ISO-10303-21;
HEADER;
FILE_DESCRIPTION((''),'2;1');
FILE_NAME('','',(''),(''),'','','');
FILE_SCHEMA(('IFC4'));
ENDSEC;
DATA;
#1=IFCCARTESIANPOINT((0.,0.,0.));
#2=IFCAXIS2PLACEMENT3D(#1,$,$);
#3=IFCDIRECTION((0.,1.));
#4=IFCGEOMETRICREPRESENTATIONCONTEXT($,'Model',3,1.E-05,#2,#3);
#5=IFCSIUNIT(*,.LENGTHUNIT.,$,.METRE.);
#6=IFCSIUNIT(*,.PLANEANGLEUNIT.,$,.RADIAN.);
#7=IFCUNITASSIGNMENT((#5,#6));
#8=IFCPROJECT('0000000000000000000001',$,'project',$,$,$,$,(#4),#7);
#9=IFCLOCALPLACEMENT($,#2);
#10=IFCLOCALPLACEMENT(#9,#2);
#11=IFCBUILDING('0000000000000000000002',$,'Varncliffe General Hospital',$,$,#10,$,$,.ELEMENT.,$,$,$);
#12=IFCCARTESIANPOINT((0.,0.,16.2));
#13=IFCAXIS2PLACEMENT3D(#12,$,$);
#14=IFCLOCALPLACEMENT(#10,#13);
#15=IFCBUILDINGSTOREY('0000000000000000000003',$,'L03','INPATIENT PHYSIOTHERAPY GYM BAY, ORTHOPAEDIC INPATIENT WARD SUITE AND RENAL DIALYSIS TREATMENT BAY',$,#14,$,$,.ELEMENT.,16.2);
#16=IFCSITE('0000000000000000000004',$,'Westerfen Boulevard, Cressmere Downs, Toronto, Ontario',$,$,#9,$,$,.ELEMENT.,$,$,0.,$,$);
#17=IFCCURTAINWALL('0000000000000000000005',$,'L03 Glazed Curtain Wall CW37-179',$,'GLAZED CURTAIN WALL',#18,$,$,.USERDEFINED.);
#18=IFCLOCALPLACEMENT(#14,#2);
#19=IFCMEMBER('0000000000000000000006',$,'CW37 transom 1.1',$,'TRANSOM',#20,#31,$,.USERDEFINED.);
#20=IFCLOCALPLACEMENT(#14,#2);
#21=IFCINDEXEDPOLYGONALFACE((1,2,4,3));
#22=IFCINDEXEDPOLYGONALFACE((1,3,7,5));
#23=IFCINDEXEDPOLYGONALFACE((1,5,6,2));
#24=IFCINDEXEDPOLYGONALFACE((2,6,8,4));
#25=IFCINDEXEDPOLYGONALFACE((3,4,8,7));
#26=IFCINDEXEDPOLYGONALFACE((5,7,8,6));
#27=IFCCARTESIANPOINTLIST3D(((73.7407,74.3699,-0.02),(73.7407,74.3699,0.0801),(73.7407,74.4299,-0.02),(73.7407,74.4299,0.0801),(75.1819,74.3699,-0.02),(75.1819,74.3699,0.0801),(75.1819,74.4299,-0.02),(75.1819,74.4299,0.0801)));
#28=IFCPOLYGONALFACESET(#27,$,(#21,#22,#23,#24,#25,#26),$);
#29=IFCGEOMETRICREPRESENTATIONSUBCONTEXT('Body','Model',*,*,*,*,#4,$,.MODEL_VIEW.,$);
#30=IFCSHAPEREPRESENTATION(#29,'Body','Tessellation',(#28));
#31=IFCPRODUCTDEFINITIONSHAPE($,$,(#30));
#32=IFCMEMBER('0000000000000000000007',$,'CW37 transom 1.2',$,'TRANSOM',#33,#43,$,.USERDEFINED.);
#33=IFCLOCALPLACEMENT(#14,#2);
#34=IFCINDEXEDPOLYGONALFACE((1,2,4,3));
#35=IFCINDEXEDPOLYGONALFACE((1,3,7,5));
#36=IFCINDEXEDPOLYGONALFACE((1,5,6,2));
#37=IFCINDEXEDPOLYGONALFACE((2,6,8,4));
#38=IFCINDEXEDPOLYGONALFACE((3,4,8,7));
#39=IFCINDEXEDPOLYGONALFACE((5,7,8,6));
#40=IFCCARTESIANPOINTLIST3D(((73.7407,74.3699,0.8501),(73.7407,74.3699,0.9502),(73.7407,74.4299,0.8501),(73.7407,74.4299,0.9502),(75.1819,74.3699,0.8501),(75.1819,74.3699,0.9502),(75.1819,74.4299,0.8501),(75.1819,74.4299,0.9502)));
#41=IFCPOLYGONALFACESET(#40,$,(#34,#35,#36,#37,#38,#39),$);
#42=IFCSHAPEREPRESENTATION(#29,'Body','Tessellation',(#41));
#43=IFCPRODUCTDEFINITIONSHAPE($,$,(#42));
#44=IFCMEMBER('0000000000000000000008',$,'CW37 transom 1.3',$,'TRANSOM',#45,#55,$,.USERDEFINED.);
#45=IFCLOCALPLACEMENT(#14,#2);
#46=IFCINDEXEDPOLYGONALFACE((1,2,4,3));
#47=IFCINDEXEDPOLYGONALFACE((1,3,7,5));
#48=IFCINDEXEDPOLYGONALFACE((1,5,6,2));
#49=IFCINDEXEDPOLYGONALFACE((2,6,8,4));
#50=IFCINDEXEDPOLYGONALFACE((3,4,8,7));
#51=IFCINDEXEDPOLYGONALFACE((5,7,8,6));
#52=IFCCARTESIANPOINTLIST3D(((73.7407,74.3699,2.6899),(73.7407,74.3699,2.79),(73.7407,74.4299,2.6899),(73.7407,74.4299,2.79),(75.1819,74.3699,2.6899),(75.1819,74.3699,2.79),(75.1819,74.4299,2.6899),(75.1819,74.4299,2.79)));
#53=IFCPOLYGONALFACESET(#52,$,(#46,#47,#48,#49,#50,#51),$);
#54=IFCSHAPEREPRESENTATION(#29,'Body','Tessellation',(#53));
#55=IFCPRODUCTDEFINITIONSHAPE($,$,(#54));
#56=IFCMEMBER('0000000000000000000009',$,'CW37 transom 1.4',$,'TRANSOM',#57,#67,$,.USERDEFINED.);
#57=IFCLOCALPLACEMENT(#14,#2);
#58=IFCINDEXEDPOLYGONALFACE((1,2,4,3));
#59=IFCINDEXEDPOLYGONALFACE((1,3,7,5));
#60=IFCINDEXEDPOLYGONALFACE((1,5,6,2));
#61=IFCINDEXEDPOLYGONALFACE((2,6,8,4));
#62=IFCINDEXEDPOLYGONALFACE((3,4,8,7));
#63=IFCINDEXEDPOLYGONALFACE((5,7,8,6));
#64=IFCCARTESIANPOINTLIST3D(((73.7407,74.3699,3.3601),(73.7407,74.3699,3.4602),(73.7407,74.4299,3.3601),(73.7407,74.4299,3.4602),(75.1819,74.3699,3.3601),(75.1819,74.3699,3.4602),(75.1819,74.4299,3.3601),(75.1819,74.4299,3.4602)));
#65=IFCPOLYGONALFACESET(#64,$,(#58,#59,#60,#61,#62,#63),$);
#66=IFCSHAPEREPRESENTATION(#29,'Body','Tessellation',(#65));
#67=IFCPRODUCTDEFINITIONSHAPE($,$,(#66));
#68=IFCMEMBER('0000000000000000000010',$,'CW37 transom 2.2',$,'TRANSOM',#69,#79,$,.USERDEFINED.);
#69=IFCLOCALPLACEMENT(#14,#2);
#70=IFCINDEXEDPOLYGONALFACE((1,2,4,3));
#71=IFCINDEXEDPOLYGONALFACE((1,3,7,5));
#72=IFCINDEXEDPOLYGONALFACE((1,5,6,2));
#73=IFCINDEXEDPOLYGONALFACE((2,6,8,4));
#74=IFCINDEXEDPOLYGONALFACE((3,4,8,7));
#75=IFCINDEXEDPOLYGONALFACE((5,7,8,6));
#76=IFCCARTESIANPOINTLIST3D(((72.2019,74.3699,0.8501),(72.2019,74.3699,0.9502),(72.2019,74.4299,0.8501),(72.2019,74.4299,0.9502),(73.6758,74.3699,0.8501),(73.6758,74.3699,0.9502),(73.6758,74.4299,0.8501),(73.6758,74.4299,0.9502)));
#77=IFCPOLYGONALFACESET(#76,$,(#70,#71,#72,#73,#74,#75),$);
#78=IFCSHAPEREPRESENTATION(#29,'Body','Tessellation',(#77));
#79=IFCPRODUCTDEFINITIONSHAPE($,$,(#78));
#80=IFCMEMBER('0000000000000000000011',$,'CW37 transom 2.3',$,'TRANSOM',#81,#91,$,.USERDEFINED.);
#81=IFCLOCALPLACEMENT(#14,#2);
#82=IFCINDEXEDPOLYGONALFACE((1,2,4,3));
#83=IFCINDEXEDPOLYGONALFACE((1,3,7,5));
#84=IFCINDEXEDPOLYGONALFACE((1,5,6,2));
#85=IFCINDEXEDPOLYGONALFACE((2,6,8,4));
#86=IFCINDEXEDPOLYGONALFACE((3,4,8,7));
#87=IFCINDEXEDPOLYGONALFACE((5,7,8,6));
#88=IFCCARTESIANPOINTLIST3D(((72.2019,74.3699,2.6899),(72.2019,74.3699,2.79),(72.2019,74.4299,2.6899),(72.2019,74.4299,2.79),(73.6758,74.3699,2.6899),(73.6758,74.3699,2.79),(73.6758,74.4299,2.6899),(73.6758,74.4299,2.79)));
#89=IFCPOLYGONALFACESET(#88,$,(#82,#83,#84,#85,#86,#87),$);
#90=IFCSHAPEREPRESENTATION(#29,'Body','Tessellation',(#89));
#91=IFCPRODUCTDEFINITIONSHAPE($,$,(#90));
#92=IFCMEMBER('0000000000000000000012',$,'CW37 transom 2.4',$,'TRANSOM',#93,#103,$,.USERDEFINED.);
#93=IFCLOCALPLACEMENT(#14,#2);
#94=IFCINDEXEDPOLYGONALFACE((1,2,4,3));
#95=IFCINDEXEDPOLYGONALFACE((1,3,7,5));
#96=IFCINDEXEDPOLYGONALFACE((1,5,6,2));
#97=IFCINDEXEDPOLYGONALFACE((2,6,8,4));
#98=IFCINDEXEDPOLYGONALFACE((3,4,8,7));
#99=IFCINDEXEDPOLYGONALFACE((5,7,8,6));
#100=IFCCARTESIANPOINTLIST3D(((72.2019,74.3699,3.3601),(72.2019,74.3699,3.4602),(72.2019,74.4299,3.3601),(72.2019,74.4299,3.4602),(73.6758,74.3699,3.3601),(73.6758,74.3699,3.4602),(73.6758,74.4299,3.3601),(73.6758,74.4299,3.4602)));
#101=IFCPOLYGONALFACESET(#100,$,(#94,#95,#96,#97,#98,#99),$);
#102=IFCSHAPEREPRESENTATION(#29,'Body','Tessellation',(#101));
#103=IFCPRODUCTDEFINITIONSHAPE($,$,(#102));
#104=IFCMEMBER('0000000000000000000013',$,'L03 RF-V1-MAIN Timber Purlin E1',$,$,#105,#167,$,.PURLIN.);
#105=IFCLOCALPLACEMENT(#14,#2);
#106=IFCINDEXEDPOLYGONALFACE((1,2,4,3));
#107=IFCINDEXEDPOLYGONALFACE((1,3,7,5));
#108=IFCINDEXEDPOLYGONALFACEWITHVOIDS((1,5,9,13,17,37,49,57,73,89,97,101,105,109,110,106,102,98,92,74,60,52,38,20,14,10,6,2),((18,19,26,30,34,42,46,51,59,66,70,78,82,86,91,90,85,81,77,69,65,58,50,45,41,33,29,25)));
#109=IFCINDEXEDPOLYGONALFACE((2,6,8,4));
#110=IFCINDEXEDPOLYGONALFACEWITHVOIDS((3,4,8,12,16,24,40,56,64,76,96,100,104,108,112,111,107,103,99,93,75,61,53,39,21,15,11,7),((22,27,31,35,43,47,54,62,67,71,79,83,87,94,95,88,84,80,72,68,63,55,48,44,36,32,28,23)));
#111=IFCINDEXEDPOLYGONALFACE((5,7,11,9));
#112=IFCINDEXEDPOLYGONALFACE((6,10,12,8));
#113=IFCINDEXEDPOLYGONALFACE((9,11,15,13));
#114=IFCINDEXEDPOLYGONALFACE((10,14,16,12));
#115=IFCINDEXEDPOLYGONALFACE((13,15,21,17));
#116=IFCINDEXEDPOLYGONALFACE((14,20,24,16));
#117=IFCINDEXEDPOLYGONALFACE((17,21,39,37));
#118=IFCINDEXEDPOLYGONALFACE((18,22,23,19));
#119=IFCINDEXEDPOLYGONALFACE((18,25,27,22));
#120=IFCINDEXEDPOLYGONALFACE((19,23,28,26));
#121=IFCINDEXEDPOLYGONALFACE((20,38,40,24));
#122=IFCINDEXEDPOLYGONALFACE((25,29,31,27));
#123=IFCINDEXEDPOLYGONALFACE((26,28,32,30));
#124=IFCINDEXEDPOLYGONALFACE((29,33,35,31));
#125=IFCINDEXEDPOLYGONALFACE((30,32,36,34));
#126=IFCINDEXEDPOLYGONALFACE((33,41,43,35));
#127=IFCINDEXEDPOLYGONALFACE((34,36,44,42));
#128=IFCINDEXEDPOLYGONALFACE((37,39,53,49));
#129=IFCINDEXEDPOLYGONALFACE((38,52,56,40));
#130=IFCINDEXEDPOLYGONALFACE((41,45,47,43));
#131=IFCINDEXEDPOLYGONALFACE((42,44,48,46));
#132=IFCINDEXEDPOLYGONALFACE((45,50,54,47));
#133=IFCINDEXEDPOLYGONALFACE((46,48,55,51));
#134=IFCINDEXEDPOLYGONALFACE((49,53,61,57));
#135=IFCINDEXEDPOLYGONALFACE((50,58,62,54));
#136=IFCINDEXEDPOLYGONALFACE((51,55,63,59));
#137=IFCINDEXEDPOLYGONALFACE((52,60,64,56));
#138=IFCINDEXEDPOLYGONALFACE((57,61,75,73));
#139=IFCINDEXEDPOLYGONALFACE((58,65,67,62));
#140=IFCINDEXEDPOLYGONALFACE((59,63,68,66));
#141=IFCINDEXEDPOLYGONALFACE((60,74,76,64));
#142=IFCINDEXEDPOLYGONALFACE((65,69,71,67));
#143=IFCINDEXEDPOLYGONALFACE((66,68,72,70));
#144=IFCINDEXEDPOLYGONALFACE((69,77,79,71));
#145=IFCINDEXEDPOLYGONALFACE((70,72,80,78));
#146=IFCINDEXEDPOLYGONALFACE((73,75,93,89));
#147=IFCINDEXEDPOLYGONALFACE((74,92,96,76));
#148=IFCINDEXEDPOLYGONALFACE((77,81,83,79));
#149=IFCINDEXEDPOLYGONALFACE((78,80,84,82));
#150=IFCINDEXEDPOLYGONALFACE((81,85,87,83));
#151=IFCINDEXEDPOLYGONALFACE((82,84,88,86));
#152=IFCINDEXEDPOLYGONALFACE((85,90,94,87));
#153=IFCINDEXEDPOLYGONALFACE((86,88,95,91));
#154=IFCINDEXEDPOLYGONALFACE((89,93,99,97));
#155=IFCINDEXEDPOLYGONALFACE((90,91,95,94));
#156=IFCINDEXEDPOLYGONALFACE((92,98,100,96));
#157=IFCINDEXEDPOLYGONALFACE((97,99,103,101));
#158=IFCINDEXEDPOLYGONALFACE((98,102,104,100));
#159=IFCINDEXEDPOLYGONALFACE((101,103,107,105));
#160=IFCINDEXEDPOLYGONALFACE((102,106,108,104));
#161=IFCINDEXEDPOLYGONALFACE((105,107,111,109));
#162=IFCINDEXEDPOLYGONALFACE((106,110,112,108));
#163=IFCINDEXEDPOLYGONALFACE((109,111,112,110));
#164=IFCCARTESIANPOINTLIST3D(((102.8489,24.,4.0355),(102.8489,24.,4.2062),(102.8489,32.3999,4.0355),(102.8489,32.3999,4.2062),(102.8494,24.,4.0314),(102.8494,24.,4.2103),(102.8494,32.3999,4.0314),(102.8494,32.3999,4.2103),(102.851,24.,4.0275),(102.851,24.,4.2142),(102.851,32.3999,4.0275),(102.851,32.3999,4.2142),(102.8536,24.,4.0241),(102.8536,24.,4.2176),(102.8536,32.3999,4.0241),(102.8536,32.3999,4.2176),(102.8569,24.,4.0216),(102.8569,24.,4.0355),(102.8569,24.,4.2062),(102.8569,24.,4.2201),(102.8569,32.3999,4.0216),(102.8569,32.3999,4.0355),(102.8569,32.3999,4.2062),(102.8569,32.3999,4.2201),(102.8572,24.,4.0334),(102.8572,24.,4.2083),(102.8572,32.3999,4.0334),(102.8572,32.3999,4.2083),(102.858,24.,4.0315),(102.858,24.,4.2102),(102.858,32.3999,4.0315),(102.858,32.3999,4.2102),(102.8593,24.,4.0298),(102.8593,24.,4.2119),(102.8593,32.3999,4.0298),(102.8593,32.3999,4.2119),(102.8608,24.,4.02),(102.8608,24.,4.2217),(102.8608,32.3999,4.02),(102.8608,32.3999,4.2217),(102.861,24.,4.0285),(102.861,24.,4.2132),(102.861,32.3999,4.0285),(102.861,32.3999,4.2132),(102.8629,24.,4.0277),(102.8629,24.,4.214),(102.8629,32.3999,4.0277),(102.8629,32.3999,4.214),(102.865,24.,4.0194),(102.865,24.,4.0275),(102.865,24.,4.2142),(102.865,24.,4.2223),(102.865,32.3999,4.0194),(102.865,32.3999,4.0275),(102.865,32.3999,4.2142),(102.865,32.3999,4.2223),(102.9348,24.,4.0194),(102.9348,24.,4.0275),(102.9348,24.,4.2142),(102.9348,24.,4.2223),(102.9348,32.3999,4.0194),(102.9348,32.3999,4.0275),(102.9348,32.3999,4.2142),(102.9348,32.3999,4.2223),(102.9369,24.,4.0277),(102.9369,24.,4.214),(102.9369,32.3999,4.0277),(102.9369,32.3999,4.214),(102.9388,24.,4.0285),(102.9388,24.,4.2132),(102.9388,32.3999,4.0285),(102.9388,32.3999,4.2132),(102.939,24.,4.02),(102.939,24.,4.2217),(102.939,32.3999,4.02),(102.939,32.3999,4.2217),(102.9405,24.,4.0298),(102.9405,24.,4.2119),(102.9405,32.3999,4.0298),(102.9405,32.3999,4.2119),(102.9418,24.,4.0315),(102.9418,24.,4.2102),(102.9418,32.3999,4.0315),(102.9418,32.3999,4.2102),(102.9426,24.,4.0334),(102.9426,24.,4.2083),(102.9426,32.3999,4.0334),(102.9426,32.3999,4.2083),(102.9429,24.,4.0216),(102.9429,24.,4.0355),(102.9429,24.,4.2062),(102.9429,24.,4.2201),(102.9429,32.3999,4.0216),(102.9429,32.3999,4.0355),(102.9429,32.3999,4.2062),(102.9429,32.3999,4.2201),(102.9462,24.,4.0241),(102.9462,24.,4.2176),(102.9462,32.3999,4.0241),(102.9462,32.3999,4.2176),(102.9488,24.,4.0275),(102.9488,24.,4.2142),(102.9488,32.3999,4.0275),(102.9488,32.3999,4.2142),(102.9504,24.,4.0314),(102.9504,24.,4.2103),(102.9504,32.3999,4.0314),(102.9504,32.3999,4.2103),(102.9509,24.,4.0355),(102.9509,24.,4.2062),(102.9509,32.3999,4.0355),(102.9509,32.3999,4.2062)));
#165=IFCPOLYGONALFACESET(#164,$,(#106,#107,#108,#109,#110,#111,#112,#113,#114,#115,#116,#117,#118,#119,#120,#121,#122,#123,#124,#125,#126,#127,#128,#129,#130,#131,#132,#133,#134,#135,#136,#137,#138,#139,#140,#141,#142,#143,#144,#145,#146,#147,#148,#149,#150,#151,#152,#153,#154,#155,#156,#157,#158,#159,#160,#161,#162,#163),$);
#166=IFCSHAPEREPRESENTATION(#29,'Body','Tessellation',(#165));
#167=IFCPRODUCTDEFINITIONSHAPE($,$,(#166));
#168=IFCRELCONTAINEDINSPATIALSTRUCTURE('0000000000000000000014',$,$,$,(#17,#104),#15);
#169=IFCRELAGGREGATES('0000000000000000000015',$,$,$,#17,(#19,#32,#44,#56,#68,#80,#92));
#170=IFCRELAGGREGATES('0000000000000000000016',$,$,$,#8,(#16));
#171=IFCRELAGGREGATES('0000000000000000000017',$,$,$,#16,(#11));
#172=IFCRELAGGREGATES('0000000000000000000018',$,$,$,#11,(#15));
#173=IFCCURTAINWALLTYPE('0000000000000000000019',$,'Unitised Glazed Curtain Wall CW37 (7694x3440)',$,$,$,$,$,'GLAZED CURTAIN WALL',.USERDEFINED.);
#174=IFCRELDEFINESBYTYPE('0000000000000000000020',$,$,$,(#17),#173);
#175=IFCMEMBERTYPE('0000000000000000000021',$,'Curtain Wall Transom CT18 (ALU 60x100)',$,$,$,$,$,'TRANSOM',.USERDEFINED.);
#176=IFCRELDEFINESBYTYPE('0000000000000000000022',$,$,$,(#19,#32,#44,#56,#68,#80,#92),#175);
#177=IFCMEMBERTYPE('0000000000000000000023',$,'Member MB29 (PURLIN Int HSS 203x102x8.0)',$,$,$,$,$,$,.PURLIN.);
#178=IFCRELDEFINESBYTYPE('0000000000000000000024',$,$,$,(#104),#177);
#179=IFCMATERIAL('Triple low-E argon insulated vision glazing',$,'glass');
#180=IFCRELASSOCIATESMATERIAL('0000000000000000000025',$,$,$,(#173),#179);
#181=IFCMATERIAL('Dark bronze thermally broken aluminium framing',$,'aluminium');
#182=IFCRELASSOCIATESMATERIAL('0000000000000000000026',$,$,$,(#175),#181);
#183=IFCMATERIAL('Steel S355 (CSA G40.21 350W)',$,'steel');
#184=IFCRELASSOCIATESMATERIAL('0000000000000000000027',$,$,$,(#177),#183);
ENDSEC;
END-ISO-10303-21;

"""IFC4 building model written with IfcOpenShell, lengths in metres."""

from ifc_helpers import new_model, si_unit, direction, frame, origin, origin_2d, place, context, subcontext, project, spatial, rectangle, hollow_rectangle, extrude, material, material_profile, profile_set, type_object, element, aggregate, save


model = new_model("IFC4")

# Units and contexts
model_context = context("Model", 3, precision=1e-05, world=origin(), true_north=direction((0.0, 1.0)))
body_context = subcontext(model_context, "Body", "Model", "MODEL_VIEW")
ifc_project = project(units=[si_unit("LENGTHUNIT", "METRE"), si_unit("PLANEANGLEUNIT", "RADIAN")], contexts=[model_context])

# Site, building, storey
site_placement = place(None, origin())
site = spatial("IfcSite", under=ifc_project, at=site_placement, Name="Westerfen Boulevard, Cressmere Downs, Toronto, Ontario", CompositionType="ELEMENT", RefElevation=0.0)
building_placement = place(site_placement, origin())
building = spatial("IfcBuilding", under=site, at=building_placement, Name="Varncliffe General Hospital", CompositionType="ELEMENT")
storey_placement = place(building_placement, frame((0.0, 0.0, 16.2)))
storey = spatial("IfcBuildingStorey", under=building, at=storey_placement, Name="L03", Description="INPATIENT PHYSIOTHERAPY GYM BAY, ORTHOPAEDIC INPATIENT WARD SUITE AND RENAL DIALYSIS TREATMENT BAY", CompositionType="ELEMENT", Elevation=16.2)

# Shared definitions
ifc_material_1 = material(Name="Triple low-E argon insulated vision glazing", Category="glass")
ifc_material_2 = material(Name="Dark bronze thermally broken aluminium framing", Category="aluminium")

# Curtain wall
curtain_wall_type_1 = type_object("IfcCurtainWallType", Name="Unitised Glazed Curtain Wall CW37 (7694x3440)", ElementType="GLAZED CURTAIN WALL", PredefinedType="USERDEFINED", material=ifc_material_1)
curtain_wall_1_placement = place(storey_placement, origin())
curtain_wall_1 = element("IfcCurtainWall", 1, at=curtain_wall_1_placement, inside=storey, type_object=curtain_wall_type_1, Name="L03 Glazed Curtain Wall CW37-179", ObjectType="GLAZED CURTAIN WALL", PredefinedType="USERDEFINED")

# Members
ifc_material_profile_1 = material_profile(ifc_material_2, rectangle(XDim=0.0601, YDim=0.1001, at=origin_2d()), Name="ALU 60x100")
ifc_profile_set_1 = profile_set([ifc_material_profile_1], Name="Dark bronze thermally broken aluminium framing")
member_type_1 = type_object("IfcMemberType", Name="Curtain Wall Transom CT18 (ALU 60x100)", ElementType="TRANSOM", PredefinedType="USERDEFINED", material=ifc_profile_set_1)
member_1_placement = place(storey_placement, frame((75.1819, 74.3999, 0.03), z_axis=(-1.0, 0.0, 0.0), x_axis=(0.0, -1.0, 0.0)))
member_1 = element("IfcMember", 2, at=member_1_placement, type_object=member_type_1, Name="CW37 transom 1.1", ObjectType="TRANSOM", PredefinedType="USERDEFINED", context=body_context, shape_type="SweptSolid", body=[
    extrude(rectangle(XDim=0.0601, YDim=0.1001, at=origin_2d()), origin(), (0.0, 0.0, 1.0), 1.4412),
])
member_2_placement = place(storey_placement, frame((75.1819, 74.3999, 0.9001), z_axis=(-1.0, 0.0, 0.0), x_axis=(0.0, -1.0, 0.0)))
member_2 = element("IfcMember", 3, at=member_2_placement, type_object=member_type_1, Name="CW37 transom 1.2", ObjectType="TRANSOM", PredefinedType="USERDEFINED", context=body_context, shape_type="SweptSolid", body=[
    extrude(rectangle(XDim=0.0601, YDim=0.1001, at=origin_2d()), origin(), (0.0, 0.0, 1.0), 1.4412),
])
member_3_placement = place(storey_placement, frame((75.1819, 74.3999, 2.74), z_axis=(-1.0, 0.0, 0.0), x_axis=(0.0, -1.0, 0.0)))
member_3 = element("IfcMember", 4, at=member_3_placement, type_object=member_type_1, Name="CW37 transom 1.3", ObjectType="TRANSOM", PredefinedType="USERDEFINED", context=body_context, shape_type="SweptSolid", body=[
    extrude(rectangle(XDim=0.0601, YDim=0.1001, at=origin_2d()), origin(), (0.0, 0.0, 1.0), 1.4412),
])
member_4_placement = place(storey_placement, frame((75.1819, 74.3999, 3.4102), z_axis=(-1.0, 0.0, 0.0), x_axis=(0.0, -1.0, 0.0)))
member_4 = element("IfcMember", 5, at=member_4_placement, type_object=member_type_1, Name="CW37 transom 1.4", ObjectType="TRANSOM", PredefinedType="USERDEFINED", context=body_context, shape_type="SweptSolid", body=[
    extrude(rectangle(XDim=0.0601, YDim=0.1001, at=origin_2d()), origin(), (0.0, 0.0, 1.0), 1.4412),
])
member_5_placement = place(storey_placement, frame((73.6758, 74.3999, 0.9001), z_axis=(-1.0, 0.0, 0.0), x_axis=(0.0, -1.0, 0.0)))
member_5 = element("IfcMember", 6, at=member_5_placement, type_object=member_type_1, Name="CW37 transom 2.2", ObjectType="TRANSOM", PredefinedType="USERDEFINED", context=body_context, shape_type="SweptSolid", body=[
    extrude(rectangle(XDim=0.0601, YDim=0.1001, at=origin_2d()), origin(), (0.0, 0.0, 1.0), 1.4739),
])
member_6_placement = place(storey_placement, frame((73.6758, 74.3999, 2.74), z_axis=(-1.0, 0.0, 0.0), x_axis=(0.0, -1.0, 0.0)))
member_6 = element("IfcMember", 7, at=member_6_placement, type_object=member_type_1, Name="CW37 transom 2.3", ObjectType="TRANSOM", PredefinedType="USERDEFINED", context=body_context, shape_type="SweptSolid", body=[
    extrude(rectangle(XDim=0.0601, YDim=0.1001, at=origin_2d()), origin(), (0.0, 0.0, 1.0), 1.4739),
])
member_7_placement = place(storey_placement, frame((73.6758, 74.3999, 3.4102), z_axis=(-1.0, 0.0, 0.0), x_axis=(0.0, -1.0, 0.0)))
member_7 = element("IfcMember", 8, at=member_7_placement, type_object=member_type_1, Name="CW37 transom 2.4", ObjectType="TRANSOM", PredefinedType="USERDEFINED", context=body_context, shape_type="SweptSolid", body=[
    extrude(rectangle(XDim=0.0601, YDim=0.1001, at=origin_2d()), origin(), (0.0, 0.0, 1.0), 1.4739),
])

# Member
ifc_material_3 = material(Name="Steel S355 (CSA G40.21 350W)", Category="steel")
ifc_material_profile_2 = material_profile(ifc_material_3, hollow_rectangle(XDim=0.1021, YDim=0.2029, WallThickness=0.0081, InnerFilletRadius=0.0081, OuterFilletRadius=0.0161, at=origin_2d()), Name="HSS 203x102x8.0")
ifc_profile_set_2 = profile_set([ifc_material_profile_2], Name="Steel S355 (CSA G40.21 350W)")
member_type_2 = type_object("IfcMemberType", Name="Member MB29 (PURLIN Int HSS 203x102x8.0)", PredefinedType="PURLIN", material=ifc_profile_set_2)
member_8_placement = place(storey_placement, frame((102.8999, 24.0, 4.1208), z_axis=(0.0, 1.0, 0.0), x_axis=(-1.0, 0.0, 0.0)))
element("IfcMember", 9, at=member_8_placement, inside=storey, type_object=member_type_2, Name="L03 RF-V1-MAIN Timber Purlin E1", PredefinedType="PURLIN", context=body_context, shape_type="SweptSolid", body=[
    extrude(hollow_rectangle(XDim=0.1021, YDim=0.2029, WallThickness=0.0081, InnerFilletRadius=0.0081, OuterFilletRadius=0.0161, at=origin_2d()), origin(), (0.0, 0.0, 1.0), 8.3999),
])

aggregate(curtain_wall_1, [member_1, member_2, member_3, member_4, member_5, member_6, member_7])

save(model, "model.ifc")
